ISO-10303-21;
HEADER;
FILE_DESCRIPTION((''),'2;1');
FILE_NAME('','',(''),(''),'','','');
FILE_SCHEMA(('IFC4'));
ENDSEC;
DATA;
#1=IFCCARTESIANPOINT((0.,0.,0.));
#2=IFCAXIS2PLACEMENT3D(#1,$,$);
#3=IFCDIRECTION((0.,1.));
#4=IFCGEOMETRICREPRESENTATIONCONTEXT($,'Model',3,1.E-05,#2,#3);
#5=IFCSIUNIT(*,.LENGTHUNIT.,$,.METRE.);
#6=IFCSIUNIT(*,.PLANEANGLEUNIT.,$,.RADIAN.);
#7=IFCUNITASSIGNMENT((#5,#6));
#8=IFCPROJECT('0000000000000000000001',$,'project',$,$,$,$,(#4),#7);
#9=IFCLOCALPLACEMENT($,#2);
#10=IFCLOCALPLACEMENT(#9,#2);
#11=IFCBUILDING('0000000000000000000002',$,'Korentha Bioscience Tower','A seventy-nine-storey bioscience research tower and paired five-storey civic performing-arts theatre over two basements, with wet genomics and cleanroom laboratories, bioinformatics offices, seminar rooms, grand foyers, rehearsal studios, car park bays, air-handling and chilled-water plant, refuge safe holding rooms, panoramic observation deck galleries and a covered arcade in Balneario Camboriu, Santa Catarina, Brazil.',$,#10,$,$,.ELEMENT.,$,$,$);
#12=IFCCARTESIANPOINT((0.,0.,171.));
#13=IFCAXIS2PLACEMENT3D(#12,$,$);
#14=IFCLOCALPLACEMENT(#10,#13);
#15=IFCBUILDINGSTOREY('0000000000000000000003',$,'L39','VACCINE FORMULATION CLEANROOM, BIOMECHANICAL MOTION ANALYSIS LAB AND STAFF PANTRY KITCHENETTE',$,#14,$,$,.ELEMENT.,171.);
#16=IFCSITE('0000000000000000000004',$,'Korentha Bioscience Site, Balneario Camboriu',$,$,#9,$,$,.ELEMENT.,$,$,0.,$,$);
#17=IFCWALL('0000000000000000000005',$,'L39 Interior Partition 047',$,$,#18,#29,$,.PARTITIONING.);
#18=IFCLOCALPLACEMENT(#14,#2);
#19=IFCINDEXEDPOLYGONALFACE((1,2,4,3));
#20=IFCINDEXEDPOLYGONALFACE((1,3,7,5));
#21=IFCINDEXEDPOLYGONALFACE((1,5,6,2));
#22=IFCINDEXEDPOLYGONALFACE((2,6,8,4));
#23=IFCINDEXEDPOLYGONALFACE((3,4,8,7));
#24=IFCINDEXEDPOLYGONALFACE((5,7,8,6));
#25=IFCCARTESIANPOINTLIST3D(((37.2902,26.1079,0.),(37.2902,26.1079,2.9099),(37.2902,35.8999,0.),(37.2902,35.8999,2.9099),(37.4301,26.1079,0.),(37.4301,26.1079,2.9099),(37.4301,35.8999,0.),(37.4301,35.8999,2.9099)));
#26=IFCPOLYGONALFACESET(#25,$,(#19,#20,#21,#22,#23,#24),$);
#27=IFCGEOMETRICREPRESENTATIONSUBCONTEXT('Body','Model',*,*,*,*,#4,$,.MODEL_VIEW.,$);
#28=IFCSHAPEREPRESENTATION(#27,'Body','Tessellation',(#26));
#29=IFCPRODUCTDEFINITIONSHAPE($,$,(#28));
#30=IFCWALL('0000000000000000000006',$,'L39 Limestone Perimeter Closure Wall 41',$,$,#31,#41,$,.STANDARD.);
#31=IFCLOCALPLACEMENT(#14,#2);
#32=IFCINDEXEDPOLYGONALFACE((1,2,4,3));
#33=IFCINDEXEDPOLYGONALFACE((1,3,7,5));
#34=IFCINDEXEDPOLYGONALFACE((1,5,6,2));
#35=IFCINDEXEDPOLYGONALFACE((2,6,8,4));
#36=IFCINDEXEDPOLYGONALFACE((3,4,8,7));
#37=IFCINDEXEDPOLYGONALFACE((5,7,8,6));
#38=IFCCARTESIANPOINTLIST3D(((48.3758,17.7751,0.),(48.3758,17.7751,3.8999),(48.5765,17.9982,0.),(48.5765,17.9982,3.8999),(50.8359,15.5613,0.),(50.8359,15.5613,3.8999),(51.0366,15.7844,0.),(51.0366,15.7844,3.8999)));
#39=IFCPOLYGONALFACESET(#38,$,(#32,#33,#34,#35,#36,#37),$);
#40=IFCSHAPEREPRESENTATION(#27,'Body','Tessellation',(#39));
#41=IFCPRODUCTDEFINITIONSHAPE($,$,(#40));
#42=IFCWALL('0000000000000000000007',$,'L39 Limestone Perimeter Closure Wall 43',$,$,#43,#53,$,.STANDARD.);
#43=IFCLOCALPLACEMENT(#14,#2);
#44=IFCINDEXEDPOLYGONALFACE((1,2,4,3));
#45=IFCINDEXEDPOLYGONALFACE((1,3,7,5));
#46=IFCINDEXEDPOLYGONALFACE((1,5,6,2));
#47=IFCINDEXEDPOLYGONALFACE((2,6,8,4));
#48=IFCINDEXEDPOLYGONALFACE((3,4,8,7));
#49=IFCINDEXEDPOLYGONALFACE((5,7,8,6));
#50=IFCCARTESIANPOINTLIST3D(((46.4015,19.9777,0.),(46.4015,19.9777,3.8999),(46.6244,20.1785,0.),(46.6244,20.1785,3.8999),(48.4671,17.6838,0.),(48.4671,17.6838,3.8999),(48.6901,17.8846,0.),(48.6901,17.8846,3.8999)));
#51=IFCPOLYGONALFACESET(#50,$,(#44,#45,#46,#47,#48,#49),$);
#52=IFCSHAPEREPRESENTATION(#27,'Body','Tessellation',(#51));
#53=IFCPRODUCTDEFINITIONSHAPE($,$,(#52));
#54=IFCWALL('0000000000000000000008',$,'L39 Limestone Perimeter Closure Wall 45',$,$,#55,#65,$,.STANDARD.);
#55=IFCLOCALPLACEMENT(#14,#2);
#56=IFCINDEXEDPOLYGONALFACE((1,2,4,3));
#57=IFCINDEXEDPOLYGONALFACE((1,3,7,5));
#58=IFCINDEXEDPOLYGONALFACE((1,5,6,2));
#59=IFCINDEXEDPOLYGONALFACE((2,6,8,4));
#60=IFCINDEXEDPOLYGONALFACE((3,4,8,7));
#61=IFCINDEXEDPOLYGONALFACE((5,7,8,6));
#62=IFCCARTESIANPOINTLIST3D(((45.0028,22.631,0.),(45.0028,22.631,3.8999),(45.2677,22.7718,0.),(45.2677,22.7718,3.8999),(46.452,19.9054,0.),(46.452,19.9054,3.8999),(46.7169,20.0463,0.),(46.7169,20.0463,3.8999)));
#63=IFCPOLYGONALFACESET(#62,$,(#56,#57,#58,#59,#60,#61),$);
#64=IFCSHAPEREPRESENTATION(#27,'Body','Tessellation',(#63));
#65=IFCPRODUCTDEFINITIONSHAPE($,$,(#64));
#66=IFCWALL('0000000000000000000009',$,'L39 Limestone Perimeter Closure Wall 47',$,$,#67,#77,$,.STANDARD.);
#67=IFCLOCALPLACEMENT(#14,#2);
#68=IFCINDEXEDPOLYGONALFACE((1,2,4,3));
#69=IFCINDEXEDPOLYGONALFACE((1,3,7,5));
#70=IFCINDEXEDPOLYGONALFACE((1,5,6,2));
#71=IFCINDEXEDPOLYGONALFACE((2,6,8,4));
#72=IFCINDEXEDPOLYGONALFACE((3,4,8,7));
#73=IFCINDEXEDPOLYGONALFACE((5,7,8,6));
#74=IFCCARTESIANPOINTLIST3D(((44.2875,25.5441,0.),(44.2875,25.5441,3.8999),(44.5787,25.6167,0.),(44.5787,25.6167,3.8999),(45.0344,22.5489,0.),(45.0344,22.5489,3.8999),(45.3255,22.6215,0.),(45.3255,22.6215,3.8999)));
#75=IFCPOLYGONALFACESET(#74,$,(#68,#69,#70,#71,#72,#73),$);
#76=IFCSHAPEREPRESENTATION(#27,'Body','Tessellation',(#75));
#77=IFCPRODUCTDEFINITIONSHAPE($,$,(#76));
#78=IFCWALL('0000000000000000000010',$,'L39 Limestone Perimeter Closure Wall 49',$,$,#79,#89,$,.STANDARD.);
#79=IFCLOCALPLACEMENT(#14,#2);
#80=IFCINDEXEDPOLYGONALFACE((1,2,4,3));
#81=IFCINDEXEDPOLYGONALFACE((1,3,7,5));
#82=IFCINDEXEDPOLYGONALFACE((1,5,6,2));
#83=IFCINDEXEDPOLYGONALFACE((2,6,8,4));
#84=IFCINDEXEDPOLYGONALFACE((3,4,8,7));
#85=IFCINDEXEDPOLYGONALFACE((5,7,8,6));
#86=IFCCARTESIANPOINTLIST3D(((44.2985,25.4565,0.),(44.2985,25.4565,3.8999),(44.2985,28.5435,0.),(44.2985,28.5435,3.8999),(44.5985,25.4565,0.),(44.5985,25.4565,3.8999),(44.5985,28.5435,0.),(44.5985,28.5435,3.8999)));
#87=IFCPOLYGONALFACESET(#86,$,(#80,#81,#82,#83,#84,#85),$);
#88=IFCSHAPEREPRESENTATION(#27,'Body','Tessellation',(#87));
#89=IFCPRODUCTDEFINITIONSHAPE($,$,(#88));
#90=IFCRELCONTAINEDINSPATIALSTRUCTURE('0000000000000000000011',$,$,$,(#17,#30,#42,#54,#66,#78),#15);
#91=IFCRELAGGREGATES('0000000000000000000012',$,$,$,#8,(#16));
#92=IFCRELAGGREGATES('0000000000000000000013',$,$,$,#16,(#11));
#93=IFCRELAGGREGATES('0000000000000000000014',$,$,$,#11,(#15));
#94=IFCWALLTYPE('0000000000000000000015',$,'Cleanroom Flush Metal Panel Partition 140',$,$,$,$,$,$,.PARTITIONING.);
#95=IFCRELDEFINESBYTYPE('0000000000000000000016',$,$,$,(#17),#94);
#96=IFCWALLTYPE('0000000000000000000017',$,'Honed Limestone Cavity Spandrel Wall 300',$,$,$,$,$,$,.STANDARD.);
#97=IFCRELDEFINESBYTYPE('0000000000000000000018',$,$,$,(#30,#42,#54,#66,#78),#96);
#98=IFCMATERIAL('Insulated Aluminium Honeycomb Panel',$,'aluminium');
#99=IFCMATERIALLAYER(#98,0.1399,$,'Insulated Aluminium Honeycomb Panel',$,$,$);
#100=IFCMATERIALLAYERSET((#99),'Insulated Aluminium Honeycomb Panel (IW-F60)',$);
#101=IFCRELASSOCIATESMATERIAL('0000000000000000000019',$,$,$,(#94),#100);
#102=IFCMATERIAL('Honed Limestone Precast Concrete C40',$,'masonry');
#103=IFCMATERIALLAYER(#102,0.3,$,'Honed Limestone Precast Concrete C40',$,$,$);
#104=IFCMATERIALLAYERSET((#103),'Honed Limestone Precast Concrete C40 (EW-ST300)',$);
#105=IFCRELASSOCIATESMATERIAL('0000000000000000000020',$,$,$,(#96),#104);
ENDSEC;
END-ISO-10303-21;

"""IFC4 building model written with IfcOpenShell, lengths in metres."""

from ifc_helpers import new_model, si_unit, direction, frame, frame_2d, origin, place, context, subcontext, project, spatial, rectangle, extrude, material, layer, layer_set, type_object, element, save


model = new_model("IFC4")

# Units and contexts
model_context = context("Model", 3, precision=1e-05, world=origin(), true_north=direction((0.0, 1.0)))
body_context = subcontext(model_context, "Body", "Model", "MODEL_VIEW")
ifc_project = project(units=[si_unit("LENGTHUNIT", "METRE"), si_unit("PLANEANGLEUNIT", "RADIAN")], contexts=[model_context])

# Site, building, storey
site_placement = place(None, origin())
site = spatial("IfcSite", under=ifc_project, at=site_placement, Name="Korentha Bioscience Site, Balneario Camboriu", CompositionType="ELEMENT", RefElevation=0.0)
building_placement = place(site_placement, origin())
building = spatial("IfcBuilding", under=site, at=building_placement, Name="Korentha Bioscience Tower", Description="A seventy-nine-storey bioscience research tower and paired five-storey civic performing-arts theatre over two basements, with wet genomics and cleanroom laboratories, bioinformatics offices, seminar rooms, grand foyers, rehearsal studios, car park bays, air-handling and chilled-water plant, refuge safe holding rooms, panoramic observation deck galleries and a covered arcade in Balneario Camboriu, Santa Catarina, Brazil.", CompositionType="ELEMENT")
storey_placement = place(building_placement, frame((0.0, 0.0, 171.0)))
storey = spatial("IfcBuildingStorey", under=building, at=storey_placement, Name="L39", Description="VACCINE FORMULATION CLEANROOM, BIOMECHANICAL MOTION ANALYSIS LAB AND STAFF PANTRY KITCHENETTE", CompositionType="ELEMENT", Elevation=171.0)

# Walls
ifc_material_1 = material(Name="Insulated Aluminium Honeycomb Panel", Category="aluminium")
ifc_layer_1 = layer(ifc_material_1, 0.1399, Name="Insulated Aluminium Honeycomb Panel")
ifc_layer_set_1 = layer_set([ifc_layer_1], Name="Insulated Aluminium Honeycomb Panel (IW-F60)")
wall_type_1 = type_object("IfcWallType", Name="Cleanroom Flush Metal Panel Partition 140", PredefinedType="PARTITIONING", material=ifc_layer_set_1)
wall_1_placement = place(storey_placement, frame((37.3601, 26.1079, 0.0), z_axis=(0.0, 0.0, 1.0), x_axis=(0.0, 1.0, 0.0)))
element("IfcWall", 1, at=wall_1_placement, inside=storey, type_object=wall_type_1, Name="L39 Interior Partition 047", PredefinedType="PARTITIONING", context=body_context, shape_type="SweptSolid", body=[
    extrude(rectangle(XDim=9.792, YDim=0.1399, at=frame_2d((4.896, 0.0))), origin(), (0.0, 0.0, 1.0), 2.9099),
])
ifc_material_2 = material(Name="Honed Limestone Precast Concrete C40", Category="masonry")
ifc_layer_2 = layer(ifc_material_2, 0.3, Name="Honed Limestone Precast Concrete C40")
ifc_layer_set_2 = layer_set([ifc_layer_2], Name="Honed Limestone Precast Concrete C40 (EW-ST300)")
wall_type_2 = type_object("IfcWallType", Name="Honed Limestone Cavity Spandrel Wall 300", PredefinedType="STANDARD", material=ifc_layer_set_2)
wall_2_placement = place(storey_placement, frame((50.9363, 15.6729, 0.0), z_axis=(0.0, 0.0, 1.0), x_axis=(-0.743342, 0.668912, 0.0)))
element("IfcWall", 2, at=wall_2_placement, inside=storey, type_object=wall_type_2, Name="L39 Limestone Perimeter Closure Wall 41", PredefinedType="STANDARD", context=body_context, shape_type="SweptSolid", body=[
    extrude(rectangle(XDim=3.3096, YDim=0.3, at=frame_2d((1.6548, 0.0))), origin(), (0.0, 0.0, 1.0), 3.8999),
])
for number, where, z_axis, x_axis, name in (
    (3, (48.5786, 17.7842, 0.0), (0.0, 0.0, 1.0), (-0.669166, 0.743113, 0.0), "L39 Limestone Perimeter Closure Wall 43"),
    (4, (46.5845, 19.9758, 0.0), (0.0, 0.0, 1.0), (-0.469471, 0.882948, 0.0), "L39 Limestone Perimeter Closure Wall 45"),
    (5, (45.1799, 22.5852, 0.0), (0.0, 0.0, 1.0), (-0.24194, 0.970291, 0.0), "L39 Limestone Perimeter Closure Wall 47"),
    (6, (44.4485, 25.4565, 0.0), (0.0, 0.0, 1.0), (0.0, 1.0, 0.0), "L39 Limestone Perimeter Closure Wall 49"),
):
    element("IfcWall", number, at=place(storey_placement, frame(where, z_axis=z_axis, x_axis=x_axis)), inside=storey, type_object=wall_type_2, Name=name, PredefinedType="STANDARD", context=body_context, shape_type="SweptSolid", body=[
        extrude(rectangle(XDim=3.0869, YDim=0.3, at=frame_2d((1.5435, 0.0))), origin(), (0.0, 0.0, 1.0), 3.8999),
    ])

save(model, "model.ifc")
